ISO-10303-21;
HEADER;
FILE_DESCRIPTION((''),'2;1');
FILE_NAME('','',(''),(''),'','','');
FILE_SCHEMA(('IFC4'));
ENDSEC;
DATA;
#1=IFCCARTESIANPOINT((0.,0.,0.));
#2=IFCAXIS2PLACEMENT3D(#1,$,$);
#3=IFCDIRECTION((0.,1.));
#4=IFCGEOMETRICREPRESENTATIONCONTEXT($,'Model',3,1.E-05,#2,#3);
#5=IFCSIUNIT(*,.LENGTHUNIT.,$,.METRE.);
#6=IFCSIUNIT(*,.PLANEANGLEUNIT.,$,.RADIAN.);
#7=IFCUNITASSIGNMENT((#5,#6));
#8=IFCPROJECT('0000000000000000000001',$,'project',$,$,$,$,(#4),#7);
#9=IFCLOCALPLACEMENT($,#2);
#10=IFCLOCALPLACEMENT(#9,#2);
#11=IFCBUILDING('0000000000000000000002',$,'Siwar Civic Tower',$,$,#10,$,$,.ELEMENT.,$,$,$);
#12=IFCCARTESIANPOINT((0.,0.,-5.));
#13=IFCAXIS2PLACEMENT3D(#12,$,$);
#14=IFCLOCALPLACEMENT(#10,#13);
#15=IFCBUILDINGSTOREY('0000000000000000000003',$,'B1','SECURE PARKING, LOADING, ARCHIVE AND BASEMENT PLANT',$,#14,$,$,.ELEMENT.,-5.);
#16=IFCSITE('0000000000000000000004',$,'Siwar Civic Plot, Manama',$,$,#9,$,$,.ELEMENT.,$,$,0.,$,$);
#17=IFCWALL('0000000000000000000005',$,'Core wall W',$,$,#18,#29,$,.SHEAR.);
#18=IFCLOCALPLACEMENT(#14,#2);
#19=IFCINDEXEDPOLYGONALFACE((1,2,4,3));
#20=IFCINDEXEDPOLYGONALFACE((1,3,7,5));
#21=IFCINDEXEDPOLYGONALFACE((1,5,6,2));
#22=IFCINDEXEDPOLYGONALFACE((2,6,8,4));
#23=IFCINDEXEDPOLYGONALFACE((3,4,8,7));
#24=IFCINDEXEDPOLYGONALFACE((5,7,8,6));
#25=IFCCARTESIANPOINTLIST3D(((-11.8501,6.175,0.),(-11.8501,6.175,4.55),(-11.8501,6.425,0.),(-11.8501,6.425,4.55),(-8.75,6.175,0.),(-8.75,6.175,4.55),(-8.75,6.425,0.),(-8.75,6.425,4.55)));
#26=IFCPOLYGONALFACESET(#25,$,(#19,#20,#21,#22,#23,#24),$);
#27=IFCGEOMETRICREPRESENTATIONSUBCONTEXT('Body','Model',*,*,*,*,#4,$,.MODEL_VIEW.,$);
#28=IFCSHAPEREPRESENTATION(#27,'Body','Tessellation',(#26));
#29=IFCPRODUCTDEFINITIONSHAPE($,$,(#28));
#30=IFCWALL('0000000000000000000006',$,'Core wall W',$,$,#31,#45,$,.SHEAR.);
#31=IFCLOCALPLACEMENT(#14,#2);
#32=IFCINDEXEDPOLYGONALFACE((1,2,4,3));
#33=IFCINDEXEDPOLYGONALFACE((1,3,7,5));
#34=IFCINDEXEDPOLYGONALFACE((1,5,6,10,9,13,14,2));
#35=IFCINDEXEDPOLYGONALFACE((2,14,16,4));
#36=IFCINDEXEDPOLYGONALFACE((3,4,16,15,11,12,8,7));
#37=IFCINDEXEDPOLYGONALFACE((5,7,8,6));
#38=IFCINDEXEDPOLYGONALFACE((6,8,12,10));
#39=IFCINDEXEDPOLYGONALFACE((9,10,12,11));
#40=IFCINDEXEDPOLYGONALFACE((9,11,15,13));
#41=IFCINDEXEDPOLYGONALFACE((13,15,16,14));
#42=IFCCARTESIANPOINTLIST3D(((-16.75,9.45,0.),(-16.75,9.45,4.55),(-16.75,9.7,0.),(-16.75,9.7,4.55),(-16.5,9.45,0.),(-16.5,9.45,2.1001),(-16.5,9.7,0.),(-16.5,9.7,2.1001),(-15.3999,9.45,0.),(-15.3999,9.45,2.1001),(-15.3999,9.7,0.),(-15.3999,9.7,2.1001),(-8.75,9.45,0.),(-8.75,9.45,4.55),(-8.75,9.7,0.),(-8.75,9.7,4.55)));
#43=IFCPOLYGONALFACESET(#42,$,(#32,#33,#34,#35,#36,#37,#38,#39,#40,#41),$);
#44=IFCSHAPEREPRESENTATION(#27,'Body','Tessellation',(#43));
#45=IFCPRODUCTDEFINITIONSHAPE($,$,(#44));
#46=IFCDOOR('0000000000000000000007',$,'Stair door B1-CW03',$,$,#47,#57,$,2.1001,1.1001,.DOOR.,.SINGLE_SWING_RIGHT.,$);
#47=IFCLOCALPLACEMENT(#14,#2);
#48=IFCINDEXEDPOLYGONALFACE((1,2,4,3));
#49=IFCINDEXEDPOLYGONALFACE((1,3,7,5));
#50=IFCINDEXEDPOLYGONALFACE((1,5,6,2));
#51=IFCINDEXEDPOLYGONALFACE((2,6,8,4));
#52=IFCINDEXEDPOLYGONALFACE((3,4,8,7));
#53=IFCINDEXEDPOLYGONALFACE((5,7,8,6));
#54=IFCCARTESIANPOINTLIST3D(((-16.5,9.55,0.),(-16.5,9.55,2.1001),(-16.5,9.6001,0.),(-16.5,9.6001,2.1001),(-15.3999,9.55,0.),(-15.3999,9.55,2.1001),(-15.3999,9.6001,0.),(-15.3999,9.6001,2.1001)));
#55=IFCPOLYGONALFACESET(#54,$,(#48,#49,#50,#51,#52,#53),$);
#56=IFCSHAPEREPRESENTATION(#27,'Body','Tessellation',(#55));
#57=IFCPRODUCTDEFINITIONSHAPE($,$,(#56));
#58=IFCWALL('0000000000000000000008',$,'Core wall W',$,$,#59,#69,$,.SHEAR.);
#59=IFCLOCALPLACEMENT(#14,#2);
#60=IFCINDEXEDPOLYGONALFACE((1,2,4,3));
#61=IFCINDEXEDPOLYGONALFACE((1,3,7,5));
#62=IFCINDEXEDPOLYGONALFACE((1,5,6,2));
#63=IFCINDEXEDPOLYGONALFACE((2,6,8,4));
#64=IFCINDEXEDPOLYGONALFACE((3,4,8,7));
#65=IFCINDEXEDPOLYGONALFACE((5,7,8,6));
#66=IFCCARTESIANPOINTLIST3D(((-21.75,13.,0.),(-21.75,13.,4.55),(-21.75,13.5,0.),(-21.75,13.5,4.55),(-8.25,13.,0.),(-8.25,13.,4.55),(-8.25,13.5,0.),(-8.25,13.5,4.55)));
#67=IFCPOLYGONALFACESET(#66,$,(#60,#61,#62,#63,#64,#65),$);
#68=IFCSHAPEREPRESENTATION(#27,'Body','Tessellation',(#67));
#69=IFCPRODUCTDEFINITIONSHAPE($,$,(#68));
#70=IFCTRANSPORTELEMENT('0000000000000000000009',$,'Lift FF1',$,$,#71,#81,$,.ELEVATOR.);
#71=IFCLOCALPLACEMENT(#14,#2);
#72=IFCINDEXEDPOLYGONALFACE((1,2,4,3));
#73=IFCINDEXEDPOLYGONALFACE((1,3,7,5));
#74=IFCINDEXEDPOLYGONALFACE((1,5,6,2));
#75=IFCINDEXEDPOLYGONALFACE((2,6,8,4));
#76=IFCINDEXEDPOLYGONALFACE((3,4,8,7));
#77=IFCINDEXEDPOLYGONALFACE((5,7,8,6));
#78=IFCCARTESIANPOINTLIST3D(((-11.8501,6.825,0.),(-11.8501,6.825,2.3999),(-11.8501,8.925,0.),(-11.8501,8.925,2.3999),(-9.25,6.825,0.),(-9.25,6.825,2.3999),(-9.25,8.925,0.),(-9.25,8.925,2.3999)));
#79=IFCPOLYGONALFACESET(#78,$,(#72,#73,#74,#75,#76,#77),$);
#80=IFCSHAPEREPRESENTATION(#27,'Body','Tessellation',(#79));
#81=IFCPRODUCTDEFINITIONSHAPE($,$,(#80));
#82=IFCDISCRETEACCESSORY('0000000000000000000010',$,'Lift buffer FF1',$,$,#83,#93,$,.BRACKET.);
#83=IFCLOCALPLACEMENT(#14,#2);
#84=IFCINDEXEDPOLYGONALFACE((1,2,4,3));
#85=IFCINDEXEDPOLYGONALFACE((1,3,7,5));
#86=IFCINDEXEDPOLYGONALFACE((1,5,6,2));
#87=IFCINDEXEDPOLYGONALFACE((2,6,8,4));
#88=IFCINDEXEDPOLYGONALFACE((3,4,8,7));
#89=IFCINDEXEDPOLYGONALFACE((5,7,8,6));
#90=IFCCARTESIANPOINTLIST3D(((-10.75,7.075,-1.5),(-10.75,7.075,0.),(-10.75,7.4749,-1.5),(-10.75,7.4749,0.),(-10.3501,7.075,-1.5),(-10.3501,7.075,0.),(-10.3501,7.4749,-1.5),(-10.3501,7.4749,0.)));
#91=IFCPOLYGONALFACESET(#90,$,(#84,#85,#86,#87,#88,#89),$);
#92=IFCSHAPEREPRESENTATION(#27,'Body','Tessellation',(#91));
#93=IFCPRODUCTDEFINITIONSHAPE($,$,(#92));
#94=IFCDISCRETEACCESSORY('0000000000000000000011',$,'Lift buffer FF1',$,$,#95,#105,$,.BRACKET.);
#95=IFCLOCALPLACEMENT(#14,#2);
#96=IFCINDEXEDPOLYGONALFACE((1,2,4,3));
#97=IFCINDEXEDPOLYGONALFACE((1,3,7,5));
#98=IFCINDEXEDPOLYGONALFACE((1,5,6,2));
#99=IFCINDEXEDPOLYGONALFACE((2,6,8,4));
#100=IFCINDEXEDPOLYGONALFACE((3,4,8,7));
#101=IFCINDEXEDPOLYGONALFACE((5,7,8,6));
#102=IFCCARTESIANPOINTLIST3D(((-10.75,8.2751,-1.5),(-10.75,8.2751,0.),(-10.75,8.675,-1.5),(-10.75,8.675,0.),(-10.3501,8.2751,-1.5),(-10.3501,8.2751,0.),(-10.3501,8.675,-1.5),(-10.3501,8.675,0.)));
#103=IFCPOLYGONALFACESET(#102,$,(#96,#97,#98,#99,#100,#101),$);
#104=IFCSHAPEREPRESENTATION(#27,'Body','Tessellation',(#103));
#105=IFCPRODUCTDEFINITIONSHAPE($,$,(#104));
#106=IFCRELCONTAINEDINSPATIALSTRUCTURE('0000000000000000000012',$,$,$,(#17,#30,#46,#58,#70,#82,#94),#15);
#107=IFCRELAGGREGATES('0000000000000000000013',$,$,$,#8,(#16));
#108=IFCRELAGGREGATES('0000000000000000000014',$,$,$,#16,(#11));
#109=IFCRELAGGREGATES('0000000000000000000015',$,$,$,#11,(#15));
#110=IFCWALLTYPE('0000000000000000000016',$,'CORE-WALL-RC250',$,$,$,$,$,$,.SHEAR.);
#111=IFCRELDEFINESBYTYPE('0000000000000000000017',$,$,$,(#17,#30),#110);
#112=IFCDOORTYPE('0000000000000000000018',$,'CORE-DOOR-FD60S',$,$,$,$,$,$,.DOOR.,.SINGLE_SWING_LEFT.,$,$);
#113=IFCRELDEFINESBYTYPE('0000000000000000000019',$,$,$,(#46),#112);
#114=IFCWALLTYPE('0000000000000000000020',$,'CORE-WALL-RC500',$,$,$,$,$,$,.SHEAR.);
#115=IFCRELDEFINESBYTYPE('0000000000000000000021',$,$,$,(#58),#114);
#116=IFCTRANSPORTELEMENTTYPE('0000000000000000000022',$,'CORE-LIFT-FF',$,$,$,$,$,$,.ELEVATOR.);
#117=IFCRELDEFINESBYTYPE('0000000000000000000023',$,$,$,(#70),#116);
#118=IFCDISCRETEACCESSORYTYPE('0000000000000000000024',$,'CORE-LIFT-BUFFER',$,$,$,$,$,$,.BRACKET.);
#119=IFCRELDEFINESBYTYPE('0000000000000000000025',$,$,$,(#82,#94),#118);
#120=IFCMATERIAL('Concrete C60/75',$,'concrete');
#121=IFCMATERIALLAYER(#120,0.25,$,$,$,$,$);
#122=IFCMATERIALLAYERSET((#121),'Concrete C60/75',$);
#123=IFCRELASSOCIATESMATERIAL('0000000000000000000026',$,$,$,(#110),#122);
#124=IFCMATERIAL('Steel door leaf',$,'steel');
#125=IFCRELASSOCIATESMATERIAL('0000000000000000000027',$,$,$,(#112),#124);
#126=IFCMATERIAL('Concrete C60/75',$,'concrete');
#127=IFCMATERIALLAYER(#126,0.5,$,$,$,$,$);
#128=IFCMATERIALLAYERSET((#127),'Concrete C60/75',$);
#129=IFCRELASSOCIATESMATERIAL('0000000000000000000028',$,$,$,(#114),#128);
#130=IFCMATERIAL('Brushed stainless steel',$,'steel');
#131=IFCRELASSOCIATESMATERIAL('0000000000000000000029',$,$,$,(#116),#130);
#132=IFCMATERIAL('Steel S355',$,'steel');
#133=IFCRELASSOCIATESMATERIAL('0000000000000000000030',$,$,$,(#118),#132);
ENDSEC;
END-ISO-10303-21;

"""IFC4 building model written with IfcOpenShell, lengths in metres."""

from ifc_helpers import new_model, si_unit, direction, frame, frame_2d, origin, origin_2d, place, context, subcontext, project, spatial, rectangle, extrude, material, layer, layer_set, type_object, element, fill, save


model = new_model("IFC4")

# Units and contexts
model_context = context("Model", 3, precision=1e-05, world=origin(), true_north=direction((0.0, 1.0)))
body_context = subcontext(model_context, "Body", "Model", "MODEL_VIEW")
ifc_project = project(units=[si_unit("LENGTHUNIT", "METRE"), si_unit("PLANEANGLEUNIT", "RADIAN")], contexts=[model_context])

# Site, building, storey
site_placement = place(None, origin())
site = spatial("IfcSite", under=ifc_project, at=site_placement, Name="Siwar Civic Plot, Manama", CompositionType="ELEMENT", RefElevation=0.0)
building_placement = place(site_placement, origin())
building = spatial("IfcBuilding", under=site, at=building_placement, Name="Siwar Civic Tower", CompositionType="ELEMENT")
storey_placement = place(building_placement, frame((0.0, 0.0, -5.0)))
storey = spatial("IfcBuildingStorey", under=building, at=storey_placement, Name="B1", Description="SECURE PARKING, LOADING, ARCHIVE AND BASEMENT PLANT", CompositionType="ELEMENT", Elevation=-5.0)

# Wall
ifc_material_1 = material(Name="Concrete C60/75", Category="concrete")
ifc_layer_1 = layer(ifc_material_1, 0.25)
ifc_layer_set_1 = layer_set([ifc_layer_1], Name="Concrete C60/75")
wall_type_1 = type_object("IfcWallType", Name="CORE-WALL-RC250", PredefinedType="SHEAR", material=ifc_layer_set_1)
for number, where, z_axis, x_axis, name in (
    (1, (-8.75, 6.3, 0.0), (0.0, 0.0, 1.0), (-1.0, 0.0, 0.0), "Core wall W"),
):
    element("IfcWall", number, at=place(storey_placement, frame(where, z_axis=z_axis, x_axis=x_axis)), inside=storey, type_object=wall_type_1, Name=name, PredefinedType="SHEAR", context=body_context, shape_type="SweptSolid", body=[
        extrude(rectangle(XDim=3.1001, YDim=0.25, at=frame_2d((1.55, 0.0))), origin(), (0.0, 0.0, 1.0), 4.55),
    ])

# Wall, opening, door
wall_1_placement = place(storey_placement, frame((-8.75, 9.575, 0.0), z_axis=(0.0, 0.0, 1.0), x_axis=(-1.0, 0.0, 0.0)))
wall_1 = element("IfcWall", 2, at=wall_1_placement, inside=storey, type_object=wall_type_1, Name="Core wall W", PredefinedType="SHEAR", context=body_context, shape_type="SweptSolid", body=[
    extrude(rectangle(XDim=8.0, YDim=0.25, at=frame_2d((4.0, 0.0))), origin(), (0.0, 0.0, 1.0), 4.55),
])
opening_placement = place(wall_1_placement, frame((6.6499, 0.0, 0.0)))
opening = element("IfcOpeningElement", 3, at=opening_placement, cuts=wall_1, PredefinedType="OPENING", context=body_context, shape_type="SweptSolid", body=[
    extrude(rectangle(XDim=1.1001, YDim=2.1001, at=frame_2d((0.55, 1.05))), frame((0.0, 0.135, 0.0), z_axis=(0.0, -1.0, 0.0), x_axis=(1.0, 0.0, 0.0)), (0.0, 0.0, 1.0), 0.27),
])
ifc_material_2 = material(Name="Steel door leaf", Category="steel")
door_type = type_object("IfcDoorType", Name="CORE-DOOR-FD60S", OperationType="SINGLE_SWING_LEFT", PredefinedType="DOOR", material=ifc_material_2)
door_placement = place(opening_placement, origin())
door = element("IfcDoor", 4, at=door_placement, inside=storey, type_object=door_type, Name="Stair door B1-CW03", OperationType="SINGLE_SWING_RIGHT", OverallHeight=2.1001, OverallWidth=1.1001, PredefinedType="DOOR", context=body_context, shape_type="SweptSolid", body=[
    extrude(rectangle(XDim=1.1001, YDim=2.1001, at=frame_2d((0.55, 1.05))), frame((0.0, 0.0249, 0.0), z_axis=(0.0, -1.0, 0.0), x_axis=(1.0, 0.0, 0.0)), (0.0, 0.0, 1.0), 0.05),
])
fill(opening, door)

# Wall
ifc_material_3 = material(Name="Concrete C60/75", Category="concrete")
ifc_layer_2 = layer(ifc_material_3, 0.5)
ifc_layer_set_2 = layer_set([ifc_layer_2], Name="Concrete C60/75")
wall_type_2 = type_object("IfcWallType", Name="CORE-WALL-RC500", PredefinedType="SHEAR", material=ifc_layer_set_2)
wall_2_placement = place(storey_placement, frame((-8.25, 13.25, 0.0), z_axis=(0.0, 0.0, 1.0), x_axis=(-1.0, 0.0, 0.0)))
element("IfcWall", 5, at=wall_2_placement, inside=storey, type_object=wall_type_2, Name="Core wall W", PredefinedType="SHEAR", context=body_context, shape_type="SweptSolid", body=[
    extrude(rectangle(XDim=13.5, YDim=0.5, at=frame_2d((6.75, 0.0))), origin(), (0.0, 0.0, 1.0), 4.55),
])

# Transport element
ifc_material_4 = material(Name="Brushed stainless steel", Category="steel")
transport_element_type = type_object("IfcTransportElementType", Name="CORE-LIFT-FF", PredefinedType="ELEVATOR", material=ifc_material_4)
transport_element_placement = place(storey_placement, frame((-10.55, 7.875, 0.0), z_axis=(0.0, 0.0, 1.0), x_axis=(1.0, 0.0, 0.0)))
element("IfcTransportElement", 6, at=transport_element_placement, inside=storey, type_object=transport_element_type, Name="Lift FF1", PredefinedType="ELEVATOR", context=body_context, shape_type="SweptSolid", body=[
    extrude(rectangle(XDim=2.6001, YDim=2.1001, at=origin_2d()), origin(), (0.0, 0.0, 1.0), 2.3999),
])

# Discrete accessories
ifc_material_5 = material(Name="Steel S355", Category="steel")
discrete_accessory_type = type_object("IfcDiscreteAccessoryType", Name="CORE-LIFT-BUFFER", PredefinedType="BRACKET", material=ifc_material_5)
for number, where, z_axis, x_axis, name in (
    (7, (-10.55, 7.2749, -1.5), (0.0, 0.0, 1.0), (1.0, 0.0, 0.0), "Lift buffer FF1"),
    (8, (-10.55, 8.4751, -1.5), (0.0, 0.0, 1.0), (1.0, 0.0, 0.0), "Lift buffer FF1"),
):
    element("IfcDiscreteAccessory", number, at=place(storey_placement, frame(where, z_axis=z_axis, x_axis=x_axis)), inside=storey, type_object=discrete_accessory_type, Name=name, PredefinedType="BRACKET", context=body_context, shape_type="SweptSolid", body=[
        extrude(rectangle(XDim=0.3999, YDim=0.3999, at=origin_2d()), origin(), (0.0, 0.0, 1.0), 1.5),
    ])

save(model, "model.ifc")
